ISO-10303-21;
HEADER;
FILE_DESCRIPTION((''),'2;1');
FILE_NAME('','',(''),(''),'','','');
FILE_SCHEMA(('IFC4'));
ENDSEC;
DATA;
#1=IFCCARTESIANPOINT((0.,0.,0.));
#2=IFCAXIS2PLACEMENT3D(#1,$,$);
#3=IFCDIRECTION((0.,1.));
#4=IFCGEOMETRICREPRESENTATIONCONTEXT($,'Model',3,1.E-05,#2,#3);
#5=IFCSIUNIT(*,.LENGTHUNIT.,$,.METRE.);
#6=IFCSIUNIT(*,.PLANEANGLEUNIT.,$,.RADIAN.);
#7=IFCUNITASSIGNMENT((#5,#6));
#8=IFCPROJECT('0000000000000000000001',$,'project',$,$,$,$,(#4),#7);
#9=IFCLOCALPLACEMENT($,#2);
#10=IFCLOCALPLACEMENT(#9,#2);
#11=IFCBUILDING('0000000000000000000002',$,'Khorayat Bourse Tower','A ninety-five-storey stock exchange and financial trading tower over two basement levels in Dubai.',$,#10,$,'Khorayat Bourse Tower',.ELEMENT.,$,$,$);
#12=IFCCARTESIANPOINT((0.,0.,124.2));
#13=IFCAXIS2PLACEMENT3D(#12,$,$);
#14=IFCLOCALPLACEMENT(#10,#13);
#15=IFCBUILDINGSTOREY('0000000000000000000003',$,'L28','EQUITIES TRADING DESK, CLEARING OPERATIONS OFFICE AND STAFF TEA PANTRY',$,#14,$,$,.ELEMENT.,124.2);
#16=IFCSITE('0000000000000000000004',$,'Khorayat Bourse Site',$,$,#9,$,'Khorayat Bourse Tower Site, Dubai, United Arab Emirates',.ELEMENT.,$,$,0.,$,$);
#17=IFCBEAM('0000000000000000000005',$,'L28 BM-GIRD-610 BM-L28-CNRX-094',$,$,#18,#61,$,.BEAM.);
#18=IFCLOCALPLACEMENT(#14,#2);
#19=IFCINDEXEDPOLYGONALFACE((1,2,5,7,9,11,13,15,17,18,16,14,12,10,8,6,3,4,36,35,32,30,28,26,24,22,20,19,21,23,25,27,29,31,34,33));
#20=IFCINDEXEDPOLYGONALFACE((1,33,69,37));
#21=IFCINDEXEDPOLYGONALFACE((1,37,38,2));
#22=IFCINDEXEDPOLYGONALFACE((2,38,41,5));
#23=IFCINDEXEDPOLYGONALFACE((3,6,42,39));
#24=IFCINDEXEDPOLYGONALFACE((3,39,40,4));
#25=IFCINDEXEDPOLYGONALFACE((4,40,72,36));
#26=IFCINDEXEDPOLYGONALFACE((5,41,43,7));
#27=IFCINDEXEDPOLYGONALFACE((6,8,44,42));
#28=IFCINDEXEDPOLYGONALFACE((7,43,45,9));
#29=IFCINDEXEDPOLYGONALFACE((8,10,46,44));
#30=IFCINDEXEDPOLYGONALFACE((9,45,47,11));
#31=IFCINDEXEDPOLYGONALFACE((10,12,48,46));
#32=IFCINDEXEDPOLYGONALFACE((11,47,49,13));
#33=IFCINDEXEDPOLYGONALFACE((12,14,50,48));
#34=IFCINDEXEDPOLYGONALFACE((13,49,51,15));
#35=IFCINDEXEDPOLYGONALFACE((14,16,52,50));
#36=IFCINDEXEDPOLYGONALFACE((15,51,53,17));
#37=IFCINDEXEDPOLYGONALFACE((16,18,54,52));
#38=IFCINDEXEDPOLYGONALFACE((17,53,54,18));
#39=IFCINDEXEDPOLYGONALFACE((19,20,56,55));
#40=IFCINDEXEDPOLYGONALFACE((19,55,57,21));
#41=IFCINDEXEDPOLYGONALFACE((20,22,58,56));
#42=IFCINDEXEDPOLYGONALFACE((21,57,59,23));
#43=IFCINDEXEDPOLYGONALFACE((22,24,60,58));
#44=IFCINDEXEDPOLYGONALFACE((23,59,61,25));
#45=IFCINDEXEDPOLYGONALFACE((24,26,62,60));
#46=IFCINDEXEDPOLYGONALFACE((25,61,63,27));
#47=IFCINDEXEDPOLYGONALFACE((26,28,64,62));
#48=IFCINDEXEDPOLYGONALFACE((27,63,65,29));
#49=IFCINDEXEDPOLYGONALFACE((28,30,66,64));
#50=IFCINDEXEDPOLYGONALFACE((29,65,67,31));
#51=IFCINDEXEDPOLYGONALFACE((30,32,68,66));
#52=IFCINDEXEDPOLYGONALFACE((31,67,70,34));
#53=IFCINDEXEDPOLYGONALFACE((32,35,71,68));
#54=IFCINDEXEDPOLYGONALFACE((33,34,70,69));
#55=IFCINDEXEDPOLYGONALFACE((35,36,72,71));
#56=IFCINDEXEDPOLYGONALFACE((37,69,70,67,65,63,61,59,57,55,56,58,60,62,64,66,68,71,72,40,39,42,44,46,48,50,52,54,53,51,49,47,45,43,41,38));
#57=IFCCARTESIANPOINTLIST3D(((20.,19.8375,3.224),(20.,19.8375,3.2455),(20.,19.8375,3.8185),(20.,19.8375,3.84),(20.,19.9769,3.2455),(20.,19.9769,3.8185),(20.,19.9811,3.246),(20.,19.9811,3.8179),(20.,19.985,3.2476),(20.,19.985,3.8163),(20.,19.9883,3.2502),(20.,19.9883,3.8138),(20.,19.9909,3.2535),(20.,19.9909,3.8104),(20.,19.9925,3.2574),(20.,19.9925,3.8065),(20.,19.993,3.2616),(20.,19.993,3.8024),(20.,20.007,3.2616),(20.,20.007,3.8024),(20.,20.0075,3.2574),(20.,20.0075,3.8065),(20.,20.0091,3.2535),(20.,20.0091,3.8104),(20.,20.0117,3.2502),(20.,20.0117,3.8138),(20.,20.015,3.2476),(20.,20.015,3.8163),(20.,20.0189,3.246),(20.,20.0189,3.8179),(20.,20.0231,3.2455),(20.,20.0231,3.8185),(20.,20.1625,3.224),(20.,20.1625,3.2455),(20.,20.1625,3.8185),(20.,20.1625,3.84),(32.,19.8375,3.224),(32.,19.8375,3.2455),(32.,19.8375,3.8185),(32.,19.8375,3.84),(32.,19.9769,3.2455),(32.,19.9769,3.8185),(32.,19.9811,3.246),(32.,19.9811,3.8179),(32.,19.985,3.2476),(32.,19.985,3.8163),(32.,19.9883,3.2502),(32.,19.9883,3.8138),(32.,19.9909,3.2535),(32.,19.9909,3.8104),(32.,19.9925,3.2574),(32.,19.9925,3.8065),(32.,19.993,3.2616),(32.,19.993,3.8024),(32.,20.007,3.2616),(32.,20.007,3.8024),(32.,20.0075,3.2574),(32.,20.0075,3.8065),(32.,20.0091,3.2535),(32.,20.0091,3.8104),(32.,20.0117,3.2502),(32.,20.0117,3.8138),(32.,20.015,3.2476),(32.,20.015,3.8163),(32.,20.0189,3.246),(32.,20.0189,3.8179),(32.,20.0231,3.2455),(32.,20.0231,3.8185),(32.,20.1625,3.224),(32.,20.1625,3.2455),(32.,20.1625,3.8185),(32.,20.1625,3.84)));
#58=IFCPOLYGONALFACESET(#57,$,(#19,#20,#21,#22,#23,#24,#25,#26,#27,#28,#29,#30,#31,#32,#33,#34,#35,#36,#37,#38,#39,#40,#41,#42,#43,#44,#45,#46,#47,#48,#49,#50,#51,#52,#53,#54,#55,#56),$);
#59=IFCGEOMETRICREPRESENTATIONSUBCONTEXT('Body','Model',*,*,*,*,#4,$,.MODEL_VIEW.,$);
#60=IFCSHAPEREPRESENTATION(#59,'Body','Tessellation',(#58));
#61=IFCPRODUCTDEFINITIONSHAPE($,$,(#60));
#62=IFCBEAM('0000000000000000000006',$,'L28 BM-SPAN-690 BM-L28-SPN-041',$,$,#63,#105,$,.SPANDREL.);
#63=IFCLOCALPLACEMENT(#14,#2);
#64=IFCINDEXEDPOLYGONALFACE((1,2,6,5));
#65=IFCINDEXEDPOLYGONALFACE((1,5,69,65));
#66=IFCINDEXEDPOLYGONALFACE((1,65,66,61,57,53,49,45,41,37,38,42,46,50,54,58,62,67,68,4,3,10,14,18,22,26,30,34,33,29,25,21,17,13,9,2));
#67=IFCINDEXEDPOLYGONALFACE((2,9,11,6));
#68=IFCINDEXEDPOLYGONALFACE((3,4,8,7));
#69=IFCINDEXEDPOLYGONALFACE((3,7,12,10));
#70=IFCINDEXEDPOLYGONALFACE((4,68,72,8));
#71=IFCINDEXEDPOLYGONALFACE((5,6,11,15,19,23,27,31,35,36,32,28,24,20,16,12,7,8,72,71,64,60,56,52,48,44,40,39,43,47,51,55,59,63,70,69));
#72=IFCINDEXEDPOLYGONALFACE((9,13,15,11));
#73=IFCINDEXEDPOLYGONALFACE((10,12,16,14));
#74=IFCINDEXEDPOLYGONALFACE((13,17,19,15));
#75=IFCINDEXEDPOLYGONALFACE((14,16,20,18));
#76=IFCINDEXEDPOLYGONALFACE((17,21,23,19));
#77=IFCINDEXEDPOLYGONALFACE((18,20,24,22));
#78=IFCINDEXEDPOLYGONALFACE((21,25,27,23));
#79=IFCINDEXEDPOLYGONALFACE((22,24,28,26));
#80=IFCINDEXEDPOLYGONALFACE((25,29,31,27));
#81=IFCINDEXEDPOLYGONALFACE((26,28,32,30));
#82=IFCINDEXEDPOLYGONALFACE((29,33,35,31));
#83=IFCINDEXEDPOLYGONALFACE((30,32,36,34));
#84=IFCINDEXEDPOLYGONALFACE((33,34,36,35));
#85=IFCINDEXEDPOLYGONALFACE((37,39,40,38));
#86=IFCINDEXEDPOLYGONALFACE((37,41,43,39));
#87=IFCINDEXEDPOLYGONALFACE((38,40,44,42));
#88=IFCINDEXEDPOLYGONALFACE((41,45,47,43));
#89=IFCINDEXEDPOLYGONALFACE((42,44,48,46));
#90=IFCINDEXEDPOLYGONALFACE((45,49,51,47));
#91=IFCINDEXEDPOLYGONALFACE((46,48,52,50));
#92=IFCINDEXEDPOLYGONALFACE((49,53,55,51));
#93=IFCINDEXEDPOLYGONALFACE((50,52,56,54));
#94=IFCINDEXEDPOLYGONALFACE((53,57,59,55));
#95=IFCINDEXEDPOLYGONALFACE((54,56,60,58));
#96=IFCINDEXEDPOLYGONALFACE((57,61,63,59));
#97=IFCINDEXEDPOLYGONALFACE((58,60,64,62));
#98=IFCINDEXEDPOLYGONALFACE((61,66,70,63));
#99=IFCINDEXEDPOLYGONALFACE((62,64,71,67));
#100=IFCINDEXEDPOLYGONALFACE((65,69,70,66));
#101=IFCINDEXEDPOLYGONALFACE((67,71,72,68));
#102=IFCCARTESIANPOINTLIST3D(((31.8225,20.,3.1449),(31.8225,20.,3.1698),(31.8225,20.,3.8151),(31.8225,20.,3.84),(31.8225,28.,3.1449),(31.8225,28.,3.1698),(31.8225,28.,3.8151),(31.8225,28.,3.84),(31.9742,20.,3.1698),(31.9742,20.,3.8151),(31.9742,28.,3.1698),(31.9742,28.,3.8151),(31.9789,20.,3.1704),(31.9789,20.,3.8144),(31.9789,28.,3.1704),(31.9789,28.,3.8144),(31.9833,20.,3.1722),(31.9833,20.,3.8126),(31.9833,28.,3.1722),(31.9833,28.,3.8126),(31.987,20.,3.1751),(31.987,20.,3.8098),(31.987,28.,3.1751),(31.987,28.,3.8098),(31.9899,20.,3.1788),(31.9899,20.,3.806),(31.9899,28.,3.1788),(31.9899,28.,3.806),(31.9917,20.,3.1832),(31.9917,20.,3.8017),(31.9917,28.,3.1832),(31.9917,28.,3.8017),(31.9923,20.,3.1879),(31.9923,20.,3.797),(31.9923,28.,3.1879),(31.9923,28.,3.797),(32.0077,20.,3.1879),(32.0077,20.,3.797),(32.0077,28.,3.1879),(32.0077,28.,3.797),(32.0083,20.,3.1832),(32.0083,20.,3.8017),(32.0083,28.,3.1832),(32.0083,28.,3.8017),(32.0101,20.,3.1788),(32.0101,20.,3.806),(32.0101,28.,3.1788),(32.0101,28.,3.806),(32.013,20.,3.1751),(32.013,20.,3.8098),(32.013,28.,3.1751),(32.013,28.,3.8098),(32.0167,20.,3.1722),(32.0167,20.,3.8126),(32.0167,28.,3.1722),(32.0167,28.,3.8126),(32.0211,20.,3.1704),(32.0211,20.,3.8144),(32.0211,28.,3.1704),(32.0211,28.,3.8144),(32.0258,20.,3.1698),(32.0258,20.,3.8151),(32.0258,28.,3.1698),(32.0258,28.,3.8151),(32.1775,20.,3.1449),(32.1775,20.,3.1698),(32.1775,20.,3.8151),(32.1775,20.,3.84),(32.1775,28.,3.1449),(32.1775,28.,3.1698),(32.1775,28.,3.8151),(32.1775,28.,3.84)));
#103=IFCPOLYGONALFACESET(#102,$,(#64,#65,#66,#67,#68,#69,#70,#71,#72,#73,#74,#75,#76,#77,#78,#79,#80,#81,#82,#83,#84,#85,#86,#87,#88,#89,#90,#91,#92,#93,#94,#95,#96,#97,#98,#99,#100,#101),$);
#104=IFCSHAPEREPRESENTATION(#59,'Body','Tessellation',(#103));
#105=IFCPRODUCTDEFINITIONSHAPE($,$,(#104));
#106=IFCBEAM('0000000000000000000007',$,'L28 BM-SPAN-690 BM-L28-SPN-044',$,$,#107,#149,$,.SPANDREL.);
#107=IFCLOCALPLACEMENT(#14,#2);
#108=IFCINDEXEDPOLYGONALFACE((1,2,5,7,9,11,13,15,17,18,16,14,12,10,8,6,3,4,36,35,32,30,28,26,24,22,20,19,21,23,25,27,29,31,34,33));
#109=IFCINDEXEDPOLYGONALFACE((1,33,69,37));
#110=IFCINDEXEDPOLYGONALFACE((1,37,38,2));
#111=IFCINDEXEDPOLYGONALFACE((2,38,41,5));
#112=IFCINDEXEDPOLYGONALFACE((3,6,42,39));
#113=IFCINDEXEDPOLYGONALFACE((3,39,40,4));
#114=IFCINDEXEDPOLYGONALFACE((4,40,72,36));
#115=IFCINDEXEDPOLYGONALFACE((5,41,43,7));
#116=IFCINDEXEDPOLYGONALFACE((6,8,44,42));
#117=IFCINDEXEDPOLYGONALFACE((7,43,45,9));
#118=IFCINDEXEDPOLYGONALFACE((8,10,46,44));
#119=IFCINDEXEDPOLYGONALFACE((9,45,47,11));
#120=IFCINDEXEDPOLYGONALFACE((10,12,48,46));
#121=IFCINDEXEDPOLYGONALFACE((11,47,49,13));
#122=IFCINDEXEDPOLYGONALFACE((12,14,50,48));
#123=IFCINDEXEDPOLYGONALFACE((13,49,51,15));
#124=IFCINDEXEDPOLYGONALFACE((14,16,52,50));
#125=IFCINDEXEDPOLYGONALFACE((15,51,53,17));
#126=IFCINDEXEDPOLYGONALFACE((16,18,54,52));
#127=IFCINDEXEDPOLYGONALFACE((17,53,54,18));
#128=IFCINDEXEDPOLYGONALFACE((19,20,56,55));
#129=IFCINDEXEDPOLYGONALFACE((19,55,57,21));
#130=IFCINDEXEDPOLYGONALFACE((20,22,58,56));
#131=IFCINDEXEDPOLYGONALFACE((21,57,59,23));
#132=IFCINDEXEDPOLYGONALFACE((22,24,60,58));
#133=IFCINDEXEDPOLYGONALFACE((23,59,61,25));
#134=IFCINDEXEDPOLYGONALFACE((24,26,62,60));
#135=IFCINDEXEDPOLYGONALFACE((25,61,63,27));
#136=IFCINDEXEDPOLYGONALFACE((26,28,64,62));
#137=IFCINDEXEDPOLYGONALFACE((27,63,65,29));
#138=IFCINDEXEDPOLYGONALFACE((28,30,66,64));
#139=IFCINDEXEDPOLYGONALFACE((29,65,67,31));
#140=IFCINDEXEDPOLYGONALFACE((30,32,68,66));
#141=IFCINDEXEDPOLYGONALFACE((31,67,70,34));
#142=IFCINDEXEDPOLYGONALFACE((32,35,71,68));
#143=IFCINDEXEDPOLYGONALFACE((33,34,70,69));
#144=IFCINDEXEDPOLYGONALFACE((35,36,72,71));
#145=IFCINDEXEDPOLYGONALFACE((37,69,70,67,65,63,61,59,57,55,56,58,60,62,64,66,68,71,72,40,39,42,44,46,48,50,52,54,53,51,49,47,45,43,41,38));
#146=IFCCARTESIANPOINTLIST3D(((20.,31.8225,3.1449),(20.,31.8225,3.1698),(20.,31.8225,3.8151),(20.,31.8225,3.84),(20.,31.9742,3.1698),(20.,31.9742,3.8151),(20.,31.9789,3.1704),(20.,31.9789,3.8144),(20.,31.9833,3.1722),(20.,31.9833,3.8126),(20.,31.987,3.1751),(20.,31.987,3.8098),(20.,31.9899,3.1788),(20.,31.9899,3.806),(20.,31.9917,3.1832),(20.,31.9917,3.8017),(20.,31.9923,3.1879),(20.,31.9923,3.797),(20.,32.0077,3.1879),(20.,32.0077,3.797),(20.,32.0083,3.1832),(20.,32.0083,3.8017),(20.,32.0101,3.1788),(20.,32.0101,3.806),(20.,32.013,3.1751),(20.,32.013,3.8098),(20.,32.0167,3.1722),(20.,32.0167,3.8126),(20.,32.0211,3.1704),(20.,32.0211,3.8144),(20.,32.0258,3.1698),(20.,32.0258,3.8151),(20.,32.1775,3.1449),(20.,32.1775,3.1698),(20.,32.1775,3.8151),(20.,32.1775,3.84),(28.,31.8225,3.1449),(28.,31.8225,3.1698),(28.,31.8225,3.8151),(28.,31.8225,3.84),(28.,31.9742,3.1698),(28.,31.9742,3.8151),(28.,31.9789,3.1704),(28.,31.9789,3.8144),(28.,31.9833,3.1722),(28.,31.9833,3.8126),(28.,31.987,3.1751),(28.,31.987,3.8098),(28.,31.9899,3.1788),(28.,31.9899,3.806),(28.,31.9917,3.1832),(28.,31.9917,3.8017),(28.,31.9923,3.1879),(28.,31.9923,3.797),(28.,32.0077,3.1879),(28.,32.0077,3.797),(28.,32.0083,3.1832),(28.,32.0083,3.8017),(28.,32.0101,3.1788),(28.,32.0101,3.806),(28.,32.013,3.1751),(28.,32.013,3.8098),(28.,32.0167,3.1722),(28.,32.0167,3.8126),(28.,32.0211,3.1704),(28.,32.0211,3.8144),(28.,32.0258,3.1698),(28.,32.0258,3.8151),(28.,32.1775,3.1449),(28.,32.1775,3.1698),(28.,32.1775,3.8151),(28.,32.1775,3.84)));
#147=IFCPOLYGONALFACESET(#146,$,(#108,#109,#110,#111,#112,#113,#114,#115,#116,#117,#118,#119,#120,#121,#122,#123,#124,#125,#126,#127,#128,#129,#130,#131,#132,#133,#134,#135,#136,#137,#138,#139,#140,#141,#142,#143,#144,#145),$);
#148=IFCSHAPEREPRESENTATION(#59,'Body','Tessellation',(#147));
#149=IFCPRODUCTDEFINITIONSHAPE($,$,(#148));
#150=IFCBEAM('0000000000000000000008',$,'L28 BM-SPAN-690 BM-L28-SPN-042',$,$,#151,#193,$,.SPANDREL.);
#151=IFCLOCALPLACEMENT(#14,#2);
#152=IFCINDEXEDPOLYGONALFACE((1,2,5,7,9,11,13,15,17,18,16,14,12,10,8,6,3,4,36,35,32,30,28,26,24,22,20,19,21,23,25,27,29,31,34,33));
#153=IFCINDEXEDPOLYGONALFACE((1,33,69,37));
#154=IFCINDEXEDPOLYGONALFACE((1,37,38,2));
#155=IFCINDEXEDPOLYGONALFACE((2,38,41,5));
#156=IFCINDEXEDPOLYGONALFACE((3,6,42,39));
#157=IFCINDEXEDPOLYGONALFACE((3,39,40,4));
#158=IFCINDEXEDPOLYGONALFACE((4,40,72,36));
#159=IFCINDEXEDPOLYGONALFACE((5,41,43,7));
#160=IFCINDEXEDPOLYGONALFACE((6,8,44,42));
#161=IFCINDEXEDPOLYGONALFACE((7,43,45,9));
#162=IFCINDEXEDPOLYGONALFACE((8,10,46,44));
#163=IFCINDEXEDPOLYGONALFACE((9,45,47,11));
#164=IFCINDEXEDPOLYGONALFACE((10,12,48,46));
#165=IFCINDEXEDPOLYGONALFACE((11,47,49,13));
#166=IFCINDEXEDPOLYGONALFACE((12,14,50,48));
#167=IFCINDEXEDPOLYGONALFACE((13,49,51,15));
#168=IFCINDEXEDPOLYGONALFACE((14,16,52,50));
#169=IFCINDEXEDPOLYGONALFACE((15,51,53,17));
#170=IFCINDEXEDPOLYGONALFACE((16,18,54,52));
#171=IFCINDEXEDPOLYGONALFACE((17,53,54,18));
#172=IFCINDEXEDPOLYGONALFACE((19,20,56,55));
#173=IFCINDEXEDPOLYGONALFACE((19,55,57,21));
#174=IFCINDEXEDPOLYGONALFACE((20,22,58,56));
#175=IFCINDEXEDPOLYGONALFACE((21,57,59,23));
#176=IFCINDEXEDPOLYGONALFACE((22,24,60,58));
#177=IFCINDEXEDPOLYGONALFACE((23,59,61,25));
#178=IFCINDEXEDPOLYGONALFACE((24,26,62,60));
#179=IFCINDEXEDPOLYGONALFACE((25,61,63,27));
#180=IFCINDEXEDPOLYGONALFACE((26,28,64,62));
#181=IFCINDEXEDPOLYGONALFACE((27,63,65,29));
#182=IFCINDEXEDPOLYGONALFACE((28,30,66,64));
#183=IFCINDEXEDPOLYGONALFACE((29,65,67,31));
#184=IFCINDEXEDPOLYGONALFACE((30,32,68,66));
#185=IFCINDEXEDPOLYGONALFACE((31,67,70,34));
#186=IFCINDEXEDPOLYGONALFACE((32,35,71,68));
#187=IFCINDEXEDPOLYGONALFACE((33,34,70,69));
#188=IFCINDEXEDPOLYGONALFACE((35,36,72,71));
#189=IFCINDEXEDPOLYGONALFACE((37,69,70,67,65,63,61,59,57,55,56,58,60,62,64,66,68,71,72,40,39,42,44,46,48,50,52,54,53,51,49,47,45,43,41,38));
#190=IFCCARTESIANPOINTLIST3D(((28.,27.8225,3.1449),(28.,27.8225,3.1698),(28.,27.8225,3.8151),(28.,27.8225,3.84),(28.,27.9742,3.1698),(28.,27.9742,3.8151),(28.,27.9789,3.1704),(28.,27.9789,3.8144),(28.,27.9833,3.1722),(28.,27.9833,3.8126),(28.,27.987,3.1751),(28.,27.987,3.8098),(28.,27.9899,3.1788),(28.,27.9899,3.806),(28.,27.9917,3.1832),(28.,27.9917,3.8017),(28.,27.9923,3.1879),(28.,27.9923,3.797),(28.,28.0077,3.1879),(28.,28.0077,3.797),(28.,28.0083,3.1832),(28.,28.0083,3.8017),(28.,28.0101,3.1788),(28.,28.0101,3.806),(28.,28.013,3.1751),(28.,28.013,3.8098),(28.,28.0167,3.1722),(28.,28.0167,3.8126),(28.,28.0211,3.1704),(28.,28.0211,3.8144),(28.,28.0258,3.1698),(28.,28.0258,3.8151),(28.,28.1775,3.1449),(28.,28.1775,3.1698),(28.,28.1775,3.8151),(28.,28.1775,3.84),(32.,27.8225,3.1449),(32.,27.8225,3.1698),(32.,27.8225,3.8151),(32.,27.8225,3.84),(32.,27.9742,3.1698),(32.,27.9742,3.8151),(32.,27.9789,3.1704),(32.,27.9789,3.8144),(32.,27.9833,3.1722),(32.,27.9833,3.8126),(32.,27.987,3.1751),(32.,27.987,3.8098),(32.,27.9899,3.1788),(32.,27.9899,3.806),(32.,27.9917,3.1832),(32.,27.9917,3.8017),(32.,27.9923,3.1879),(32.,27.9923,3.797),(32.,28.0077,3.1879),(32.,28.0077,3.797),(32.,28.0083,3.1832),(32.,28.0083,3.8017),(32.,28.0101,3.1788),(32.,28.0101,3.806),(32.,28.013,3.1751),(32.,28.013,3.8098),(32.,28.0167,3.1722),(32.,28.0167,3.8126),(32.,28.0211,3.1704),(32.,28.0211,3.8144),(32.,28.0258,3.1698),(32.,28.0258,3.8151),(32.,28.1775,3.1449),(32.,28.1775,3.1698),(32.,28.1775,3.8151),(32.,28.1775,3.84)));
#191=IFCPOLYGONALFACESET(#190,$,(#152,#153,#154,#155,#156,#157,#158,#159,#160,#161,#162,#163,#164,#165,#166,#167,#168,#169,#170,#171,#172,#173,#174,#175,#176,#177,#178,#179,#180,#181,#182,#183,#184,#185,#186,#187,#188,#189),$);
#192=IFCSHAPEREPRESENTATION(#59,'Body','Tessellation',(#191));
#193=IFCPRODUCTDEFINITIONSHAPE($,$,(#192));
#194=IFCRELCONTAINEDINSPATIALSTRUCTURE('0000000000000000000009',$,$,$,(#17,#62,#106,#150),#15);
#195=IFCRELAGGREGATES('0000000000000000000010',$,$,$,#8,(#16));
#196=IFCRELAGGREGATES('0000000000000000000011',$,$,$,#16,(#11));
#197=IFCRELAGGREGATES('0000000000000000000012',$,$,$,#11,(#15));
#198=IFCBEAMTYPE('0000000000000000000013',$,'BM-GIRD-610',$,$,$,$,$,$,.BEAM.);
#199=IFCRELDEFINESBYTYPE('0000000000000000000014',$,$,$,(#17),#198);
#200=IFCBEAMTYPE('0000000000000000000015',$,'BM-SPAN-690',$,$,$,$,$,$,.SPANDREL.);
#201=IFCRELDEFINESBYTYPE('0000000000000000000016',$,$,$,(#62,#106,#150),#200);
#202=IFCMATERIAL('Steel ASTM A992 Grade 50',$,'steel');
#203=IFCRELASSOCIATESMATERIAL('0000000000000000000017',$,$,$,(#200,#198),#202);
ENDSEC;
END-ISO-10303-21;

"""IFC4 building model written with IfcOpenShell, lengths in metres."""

from ifc_helpers import new_model, si_unit, direction, frame, origin, origin_2d, place, context, subcontext, project, spatial, i_section, extrude, source, transform, mapped, material, material_profile, profile_set, type_object, element, save


model = new_model("IFC4")

# Units and contexts
model_context = context("Model", 3, precision=1e-05, world=origin(), true_north=direction((0.0, 1.0)))
body_context = subcontext(model_context, "Body", "Model", "MODEL_VIEW")
ifc_project = project(units=[si_unit("LENGTHUNIT", "METRE"), si_unit("PLANEANGLEUNIT", "RADIAN")], contexts=[model_context])

# Site, building, storey
site_placement = place(None, origin())
site = spatial("IfcSite", under=ifc_project, at=site_placement, Name="Khorayat Bourse Site", LongName="Khorayat Bourse Tower Site, Dubai, United Arab Emirates", CompositionType="ELEMENT", RefElevation=0.0)
building_placement = place(site_placement, origin())
building = spatial("IfcBuilding", under=site, at=building_placement, Name="Khorayat Bourse Tower", Description="A ninety-five-storey stock exchange and financial trading tower over two basement levels in Dubai.", LongName="Khorayat Bourse Tower", CompositionType="ELEMENT")
storey_placement = place(building_placement, frame((0.0, 0.0, 124.2)))
storey = spatial("IfcBuildingStorey", under=building, at=storey_placement, Name="L28", Description="EQUITIES TRADING DESK, CLEARING OPERATIONS OFFICE AND STAFF TEA PANTRY", CompositionType="ELEMENT", Elevation=124.2)

# Beams
ifc_material_1 = material(Name="Steel ASTM A992 Grade 50", Category="steel")
ifc_material_profile_1 = material_profile(ifc_material_1, i_section(OverallWidth=0.355, OverallDepth=0.6951, WebThickness=0.0154, FlangeThickness=0.0249, FilletRadius=0.0181, at=origin_2d()), Name="W690X217")
ifc_profile_set_1 = profile_set([ifc_material_profile_1], Name="Steel ASTM A992 Grade 50")
beam_type_1 = type_object("IfcBeamType", Name="BM-SPAN-690", PredefinedType="SPANDREL", material=ifc_profile_set_1)
ifc_material_profile_2 = material_profile(ifc_material_1, i_section(OverallWidth=0.325, OverallDepth=0.616, WebThickness=0.0139, FlangeThickness=0.0215, FilletRadius=0.0161, at=origin_2d()), Name="W610X174")
ifc_profile_set_2 = profile_set([ifc_material_profile_2], Name="Steel ASTM A992 Grade 50")
beam_type_2 = type_object("IfcBeamType", Name="BM-GIRD-610", PredefinedType="BEAM", material=ifc_profile_set_2)
shared_shape_1 = source(origin(), body_context, "Body", "SweptSolid", [
    extrude(i_section(OverallWidth=0.325, OverallDepth=0.616, WebThickness=0.0139, FlangeThickness=0.0215, FilletRadius=0.0161, at=origin_2d()), origin(), (0.0, 0.0, 1.0), 12.0),
])
beam_1_placement = place(storey_placement, frame((20.0, 20.0, 3.532), z_axis=(1.0, 0.0, 0.0), x_axis=(0.0, 1.0, 0.0)))
element("IfcBeam", 1, at=beam_1_placement, inside=storey, type_object=beam_type_2, Name="L28 BM-GIRD-610 BM-L28-CNRX-094", PredefinedType="BEAM", context=body_context, shape_type="MappedRepresentation", body=[
    mapped(shared_shape_1, transform((0.0, 0.0, 0.0), scale=1.0)),
])
shared_shape_2 = source(origin(), body_context, "Body", "SweptSolid", [
    extrude(i_section(OverallWidth=0.355, OverallDepth=0.6951, WebThickness=0.0154, FlangeThickness=0.0249, FilletRadius=0.0181, at=origin_2d()), origin(), (0.0, 0.0, 1.0), 8.0),
])
for number, where, z_axis, x_axis, name in (
    (2, (32.0, 20.0, 3.4924), (0.0, 1.0, 0.0), (-1.0, 0.0, 0.0), "L28 BM-SPAN-690 BM-L28-SPN-041"),
    (3, (20.0, 32.0, 3.4924), (1.0, 0.0, 0.0), (0.0, 1.0, 0.0), "L28 BM-SPAN-690 BM-L28-SPN-044"),
):
    element("IfcBeam", number, at=place(storey_placement, frame(where, z_axis=z_axis, x_axis=x_axis)), inside=storey, type_object=beam_type_1, Name=name, PredefinedType="SPANDREL", context=body_context, shape_type="MappedRepresentation", body=[
        mapped(shared_shape_2, transform((0.0, 0.0, 0.0), scale=1.0)),
    ])
shared_shape_3 = source(origin(), body_context, "Body", "SweptSolid", [
    extrude(i_section(OverallWidth=0.355, OverallDepth=0.6951, WebThickness=0.0154, FlangeThickness=0.0249, FilletRadius=0.0181, at=origin_2d()), origin(), (0.0, 0.0, 1.0), 4.0),
])
for number, where, z_axis, x_axis, name in (
    (4, (28.0, 28.0, 3.4924), (1.0, 0.0, 0.0), (0.0, 1.0, 0.0), "L28 BM-SPAN-690 BM-L28-SPN-042"),
):
    element("IfcBeam", number, at=place(storey_placement, frame(where, z_axis=z_axis, x_axis=x_axis)), inside=storey, type_object=beam_type_1, Name=name, PredefinedType="SPANDREL", context=body_context, shape_type="MappedRepresentation", body=[
        mapped(shared_shape_3, transform((0.0, 0.0, 0.0), scale=1.0)),
    ])

save(model, "model.ifc")
